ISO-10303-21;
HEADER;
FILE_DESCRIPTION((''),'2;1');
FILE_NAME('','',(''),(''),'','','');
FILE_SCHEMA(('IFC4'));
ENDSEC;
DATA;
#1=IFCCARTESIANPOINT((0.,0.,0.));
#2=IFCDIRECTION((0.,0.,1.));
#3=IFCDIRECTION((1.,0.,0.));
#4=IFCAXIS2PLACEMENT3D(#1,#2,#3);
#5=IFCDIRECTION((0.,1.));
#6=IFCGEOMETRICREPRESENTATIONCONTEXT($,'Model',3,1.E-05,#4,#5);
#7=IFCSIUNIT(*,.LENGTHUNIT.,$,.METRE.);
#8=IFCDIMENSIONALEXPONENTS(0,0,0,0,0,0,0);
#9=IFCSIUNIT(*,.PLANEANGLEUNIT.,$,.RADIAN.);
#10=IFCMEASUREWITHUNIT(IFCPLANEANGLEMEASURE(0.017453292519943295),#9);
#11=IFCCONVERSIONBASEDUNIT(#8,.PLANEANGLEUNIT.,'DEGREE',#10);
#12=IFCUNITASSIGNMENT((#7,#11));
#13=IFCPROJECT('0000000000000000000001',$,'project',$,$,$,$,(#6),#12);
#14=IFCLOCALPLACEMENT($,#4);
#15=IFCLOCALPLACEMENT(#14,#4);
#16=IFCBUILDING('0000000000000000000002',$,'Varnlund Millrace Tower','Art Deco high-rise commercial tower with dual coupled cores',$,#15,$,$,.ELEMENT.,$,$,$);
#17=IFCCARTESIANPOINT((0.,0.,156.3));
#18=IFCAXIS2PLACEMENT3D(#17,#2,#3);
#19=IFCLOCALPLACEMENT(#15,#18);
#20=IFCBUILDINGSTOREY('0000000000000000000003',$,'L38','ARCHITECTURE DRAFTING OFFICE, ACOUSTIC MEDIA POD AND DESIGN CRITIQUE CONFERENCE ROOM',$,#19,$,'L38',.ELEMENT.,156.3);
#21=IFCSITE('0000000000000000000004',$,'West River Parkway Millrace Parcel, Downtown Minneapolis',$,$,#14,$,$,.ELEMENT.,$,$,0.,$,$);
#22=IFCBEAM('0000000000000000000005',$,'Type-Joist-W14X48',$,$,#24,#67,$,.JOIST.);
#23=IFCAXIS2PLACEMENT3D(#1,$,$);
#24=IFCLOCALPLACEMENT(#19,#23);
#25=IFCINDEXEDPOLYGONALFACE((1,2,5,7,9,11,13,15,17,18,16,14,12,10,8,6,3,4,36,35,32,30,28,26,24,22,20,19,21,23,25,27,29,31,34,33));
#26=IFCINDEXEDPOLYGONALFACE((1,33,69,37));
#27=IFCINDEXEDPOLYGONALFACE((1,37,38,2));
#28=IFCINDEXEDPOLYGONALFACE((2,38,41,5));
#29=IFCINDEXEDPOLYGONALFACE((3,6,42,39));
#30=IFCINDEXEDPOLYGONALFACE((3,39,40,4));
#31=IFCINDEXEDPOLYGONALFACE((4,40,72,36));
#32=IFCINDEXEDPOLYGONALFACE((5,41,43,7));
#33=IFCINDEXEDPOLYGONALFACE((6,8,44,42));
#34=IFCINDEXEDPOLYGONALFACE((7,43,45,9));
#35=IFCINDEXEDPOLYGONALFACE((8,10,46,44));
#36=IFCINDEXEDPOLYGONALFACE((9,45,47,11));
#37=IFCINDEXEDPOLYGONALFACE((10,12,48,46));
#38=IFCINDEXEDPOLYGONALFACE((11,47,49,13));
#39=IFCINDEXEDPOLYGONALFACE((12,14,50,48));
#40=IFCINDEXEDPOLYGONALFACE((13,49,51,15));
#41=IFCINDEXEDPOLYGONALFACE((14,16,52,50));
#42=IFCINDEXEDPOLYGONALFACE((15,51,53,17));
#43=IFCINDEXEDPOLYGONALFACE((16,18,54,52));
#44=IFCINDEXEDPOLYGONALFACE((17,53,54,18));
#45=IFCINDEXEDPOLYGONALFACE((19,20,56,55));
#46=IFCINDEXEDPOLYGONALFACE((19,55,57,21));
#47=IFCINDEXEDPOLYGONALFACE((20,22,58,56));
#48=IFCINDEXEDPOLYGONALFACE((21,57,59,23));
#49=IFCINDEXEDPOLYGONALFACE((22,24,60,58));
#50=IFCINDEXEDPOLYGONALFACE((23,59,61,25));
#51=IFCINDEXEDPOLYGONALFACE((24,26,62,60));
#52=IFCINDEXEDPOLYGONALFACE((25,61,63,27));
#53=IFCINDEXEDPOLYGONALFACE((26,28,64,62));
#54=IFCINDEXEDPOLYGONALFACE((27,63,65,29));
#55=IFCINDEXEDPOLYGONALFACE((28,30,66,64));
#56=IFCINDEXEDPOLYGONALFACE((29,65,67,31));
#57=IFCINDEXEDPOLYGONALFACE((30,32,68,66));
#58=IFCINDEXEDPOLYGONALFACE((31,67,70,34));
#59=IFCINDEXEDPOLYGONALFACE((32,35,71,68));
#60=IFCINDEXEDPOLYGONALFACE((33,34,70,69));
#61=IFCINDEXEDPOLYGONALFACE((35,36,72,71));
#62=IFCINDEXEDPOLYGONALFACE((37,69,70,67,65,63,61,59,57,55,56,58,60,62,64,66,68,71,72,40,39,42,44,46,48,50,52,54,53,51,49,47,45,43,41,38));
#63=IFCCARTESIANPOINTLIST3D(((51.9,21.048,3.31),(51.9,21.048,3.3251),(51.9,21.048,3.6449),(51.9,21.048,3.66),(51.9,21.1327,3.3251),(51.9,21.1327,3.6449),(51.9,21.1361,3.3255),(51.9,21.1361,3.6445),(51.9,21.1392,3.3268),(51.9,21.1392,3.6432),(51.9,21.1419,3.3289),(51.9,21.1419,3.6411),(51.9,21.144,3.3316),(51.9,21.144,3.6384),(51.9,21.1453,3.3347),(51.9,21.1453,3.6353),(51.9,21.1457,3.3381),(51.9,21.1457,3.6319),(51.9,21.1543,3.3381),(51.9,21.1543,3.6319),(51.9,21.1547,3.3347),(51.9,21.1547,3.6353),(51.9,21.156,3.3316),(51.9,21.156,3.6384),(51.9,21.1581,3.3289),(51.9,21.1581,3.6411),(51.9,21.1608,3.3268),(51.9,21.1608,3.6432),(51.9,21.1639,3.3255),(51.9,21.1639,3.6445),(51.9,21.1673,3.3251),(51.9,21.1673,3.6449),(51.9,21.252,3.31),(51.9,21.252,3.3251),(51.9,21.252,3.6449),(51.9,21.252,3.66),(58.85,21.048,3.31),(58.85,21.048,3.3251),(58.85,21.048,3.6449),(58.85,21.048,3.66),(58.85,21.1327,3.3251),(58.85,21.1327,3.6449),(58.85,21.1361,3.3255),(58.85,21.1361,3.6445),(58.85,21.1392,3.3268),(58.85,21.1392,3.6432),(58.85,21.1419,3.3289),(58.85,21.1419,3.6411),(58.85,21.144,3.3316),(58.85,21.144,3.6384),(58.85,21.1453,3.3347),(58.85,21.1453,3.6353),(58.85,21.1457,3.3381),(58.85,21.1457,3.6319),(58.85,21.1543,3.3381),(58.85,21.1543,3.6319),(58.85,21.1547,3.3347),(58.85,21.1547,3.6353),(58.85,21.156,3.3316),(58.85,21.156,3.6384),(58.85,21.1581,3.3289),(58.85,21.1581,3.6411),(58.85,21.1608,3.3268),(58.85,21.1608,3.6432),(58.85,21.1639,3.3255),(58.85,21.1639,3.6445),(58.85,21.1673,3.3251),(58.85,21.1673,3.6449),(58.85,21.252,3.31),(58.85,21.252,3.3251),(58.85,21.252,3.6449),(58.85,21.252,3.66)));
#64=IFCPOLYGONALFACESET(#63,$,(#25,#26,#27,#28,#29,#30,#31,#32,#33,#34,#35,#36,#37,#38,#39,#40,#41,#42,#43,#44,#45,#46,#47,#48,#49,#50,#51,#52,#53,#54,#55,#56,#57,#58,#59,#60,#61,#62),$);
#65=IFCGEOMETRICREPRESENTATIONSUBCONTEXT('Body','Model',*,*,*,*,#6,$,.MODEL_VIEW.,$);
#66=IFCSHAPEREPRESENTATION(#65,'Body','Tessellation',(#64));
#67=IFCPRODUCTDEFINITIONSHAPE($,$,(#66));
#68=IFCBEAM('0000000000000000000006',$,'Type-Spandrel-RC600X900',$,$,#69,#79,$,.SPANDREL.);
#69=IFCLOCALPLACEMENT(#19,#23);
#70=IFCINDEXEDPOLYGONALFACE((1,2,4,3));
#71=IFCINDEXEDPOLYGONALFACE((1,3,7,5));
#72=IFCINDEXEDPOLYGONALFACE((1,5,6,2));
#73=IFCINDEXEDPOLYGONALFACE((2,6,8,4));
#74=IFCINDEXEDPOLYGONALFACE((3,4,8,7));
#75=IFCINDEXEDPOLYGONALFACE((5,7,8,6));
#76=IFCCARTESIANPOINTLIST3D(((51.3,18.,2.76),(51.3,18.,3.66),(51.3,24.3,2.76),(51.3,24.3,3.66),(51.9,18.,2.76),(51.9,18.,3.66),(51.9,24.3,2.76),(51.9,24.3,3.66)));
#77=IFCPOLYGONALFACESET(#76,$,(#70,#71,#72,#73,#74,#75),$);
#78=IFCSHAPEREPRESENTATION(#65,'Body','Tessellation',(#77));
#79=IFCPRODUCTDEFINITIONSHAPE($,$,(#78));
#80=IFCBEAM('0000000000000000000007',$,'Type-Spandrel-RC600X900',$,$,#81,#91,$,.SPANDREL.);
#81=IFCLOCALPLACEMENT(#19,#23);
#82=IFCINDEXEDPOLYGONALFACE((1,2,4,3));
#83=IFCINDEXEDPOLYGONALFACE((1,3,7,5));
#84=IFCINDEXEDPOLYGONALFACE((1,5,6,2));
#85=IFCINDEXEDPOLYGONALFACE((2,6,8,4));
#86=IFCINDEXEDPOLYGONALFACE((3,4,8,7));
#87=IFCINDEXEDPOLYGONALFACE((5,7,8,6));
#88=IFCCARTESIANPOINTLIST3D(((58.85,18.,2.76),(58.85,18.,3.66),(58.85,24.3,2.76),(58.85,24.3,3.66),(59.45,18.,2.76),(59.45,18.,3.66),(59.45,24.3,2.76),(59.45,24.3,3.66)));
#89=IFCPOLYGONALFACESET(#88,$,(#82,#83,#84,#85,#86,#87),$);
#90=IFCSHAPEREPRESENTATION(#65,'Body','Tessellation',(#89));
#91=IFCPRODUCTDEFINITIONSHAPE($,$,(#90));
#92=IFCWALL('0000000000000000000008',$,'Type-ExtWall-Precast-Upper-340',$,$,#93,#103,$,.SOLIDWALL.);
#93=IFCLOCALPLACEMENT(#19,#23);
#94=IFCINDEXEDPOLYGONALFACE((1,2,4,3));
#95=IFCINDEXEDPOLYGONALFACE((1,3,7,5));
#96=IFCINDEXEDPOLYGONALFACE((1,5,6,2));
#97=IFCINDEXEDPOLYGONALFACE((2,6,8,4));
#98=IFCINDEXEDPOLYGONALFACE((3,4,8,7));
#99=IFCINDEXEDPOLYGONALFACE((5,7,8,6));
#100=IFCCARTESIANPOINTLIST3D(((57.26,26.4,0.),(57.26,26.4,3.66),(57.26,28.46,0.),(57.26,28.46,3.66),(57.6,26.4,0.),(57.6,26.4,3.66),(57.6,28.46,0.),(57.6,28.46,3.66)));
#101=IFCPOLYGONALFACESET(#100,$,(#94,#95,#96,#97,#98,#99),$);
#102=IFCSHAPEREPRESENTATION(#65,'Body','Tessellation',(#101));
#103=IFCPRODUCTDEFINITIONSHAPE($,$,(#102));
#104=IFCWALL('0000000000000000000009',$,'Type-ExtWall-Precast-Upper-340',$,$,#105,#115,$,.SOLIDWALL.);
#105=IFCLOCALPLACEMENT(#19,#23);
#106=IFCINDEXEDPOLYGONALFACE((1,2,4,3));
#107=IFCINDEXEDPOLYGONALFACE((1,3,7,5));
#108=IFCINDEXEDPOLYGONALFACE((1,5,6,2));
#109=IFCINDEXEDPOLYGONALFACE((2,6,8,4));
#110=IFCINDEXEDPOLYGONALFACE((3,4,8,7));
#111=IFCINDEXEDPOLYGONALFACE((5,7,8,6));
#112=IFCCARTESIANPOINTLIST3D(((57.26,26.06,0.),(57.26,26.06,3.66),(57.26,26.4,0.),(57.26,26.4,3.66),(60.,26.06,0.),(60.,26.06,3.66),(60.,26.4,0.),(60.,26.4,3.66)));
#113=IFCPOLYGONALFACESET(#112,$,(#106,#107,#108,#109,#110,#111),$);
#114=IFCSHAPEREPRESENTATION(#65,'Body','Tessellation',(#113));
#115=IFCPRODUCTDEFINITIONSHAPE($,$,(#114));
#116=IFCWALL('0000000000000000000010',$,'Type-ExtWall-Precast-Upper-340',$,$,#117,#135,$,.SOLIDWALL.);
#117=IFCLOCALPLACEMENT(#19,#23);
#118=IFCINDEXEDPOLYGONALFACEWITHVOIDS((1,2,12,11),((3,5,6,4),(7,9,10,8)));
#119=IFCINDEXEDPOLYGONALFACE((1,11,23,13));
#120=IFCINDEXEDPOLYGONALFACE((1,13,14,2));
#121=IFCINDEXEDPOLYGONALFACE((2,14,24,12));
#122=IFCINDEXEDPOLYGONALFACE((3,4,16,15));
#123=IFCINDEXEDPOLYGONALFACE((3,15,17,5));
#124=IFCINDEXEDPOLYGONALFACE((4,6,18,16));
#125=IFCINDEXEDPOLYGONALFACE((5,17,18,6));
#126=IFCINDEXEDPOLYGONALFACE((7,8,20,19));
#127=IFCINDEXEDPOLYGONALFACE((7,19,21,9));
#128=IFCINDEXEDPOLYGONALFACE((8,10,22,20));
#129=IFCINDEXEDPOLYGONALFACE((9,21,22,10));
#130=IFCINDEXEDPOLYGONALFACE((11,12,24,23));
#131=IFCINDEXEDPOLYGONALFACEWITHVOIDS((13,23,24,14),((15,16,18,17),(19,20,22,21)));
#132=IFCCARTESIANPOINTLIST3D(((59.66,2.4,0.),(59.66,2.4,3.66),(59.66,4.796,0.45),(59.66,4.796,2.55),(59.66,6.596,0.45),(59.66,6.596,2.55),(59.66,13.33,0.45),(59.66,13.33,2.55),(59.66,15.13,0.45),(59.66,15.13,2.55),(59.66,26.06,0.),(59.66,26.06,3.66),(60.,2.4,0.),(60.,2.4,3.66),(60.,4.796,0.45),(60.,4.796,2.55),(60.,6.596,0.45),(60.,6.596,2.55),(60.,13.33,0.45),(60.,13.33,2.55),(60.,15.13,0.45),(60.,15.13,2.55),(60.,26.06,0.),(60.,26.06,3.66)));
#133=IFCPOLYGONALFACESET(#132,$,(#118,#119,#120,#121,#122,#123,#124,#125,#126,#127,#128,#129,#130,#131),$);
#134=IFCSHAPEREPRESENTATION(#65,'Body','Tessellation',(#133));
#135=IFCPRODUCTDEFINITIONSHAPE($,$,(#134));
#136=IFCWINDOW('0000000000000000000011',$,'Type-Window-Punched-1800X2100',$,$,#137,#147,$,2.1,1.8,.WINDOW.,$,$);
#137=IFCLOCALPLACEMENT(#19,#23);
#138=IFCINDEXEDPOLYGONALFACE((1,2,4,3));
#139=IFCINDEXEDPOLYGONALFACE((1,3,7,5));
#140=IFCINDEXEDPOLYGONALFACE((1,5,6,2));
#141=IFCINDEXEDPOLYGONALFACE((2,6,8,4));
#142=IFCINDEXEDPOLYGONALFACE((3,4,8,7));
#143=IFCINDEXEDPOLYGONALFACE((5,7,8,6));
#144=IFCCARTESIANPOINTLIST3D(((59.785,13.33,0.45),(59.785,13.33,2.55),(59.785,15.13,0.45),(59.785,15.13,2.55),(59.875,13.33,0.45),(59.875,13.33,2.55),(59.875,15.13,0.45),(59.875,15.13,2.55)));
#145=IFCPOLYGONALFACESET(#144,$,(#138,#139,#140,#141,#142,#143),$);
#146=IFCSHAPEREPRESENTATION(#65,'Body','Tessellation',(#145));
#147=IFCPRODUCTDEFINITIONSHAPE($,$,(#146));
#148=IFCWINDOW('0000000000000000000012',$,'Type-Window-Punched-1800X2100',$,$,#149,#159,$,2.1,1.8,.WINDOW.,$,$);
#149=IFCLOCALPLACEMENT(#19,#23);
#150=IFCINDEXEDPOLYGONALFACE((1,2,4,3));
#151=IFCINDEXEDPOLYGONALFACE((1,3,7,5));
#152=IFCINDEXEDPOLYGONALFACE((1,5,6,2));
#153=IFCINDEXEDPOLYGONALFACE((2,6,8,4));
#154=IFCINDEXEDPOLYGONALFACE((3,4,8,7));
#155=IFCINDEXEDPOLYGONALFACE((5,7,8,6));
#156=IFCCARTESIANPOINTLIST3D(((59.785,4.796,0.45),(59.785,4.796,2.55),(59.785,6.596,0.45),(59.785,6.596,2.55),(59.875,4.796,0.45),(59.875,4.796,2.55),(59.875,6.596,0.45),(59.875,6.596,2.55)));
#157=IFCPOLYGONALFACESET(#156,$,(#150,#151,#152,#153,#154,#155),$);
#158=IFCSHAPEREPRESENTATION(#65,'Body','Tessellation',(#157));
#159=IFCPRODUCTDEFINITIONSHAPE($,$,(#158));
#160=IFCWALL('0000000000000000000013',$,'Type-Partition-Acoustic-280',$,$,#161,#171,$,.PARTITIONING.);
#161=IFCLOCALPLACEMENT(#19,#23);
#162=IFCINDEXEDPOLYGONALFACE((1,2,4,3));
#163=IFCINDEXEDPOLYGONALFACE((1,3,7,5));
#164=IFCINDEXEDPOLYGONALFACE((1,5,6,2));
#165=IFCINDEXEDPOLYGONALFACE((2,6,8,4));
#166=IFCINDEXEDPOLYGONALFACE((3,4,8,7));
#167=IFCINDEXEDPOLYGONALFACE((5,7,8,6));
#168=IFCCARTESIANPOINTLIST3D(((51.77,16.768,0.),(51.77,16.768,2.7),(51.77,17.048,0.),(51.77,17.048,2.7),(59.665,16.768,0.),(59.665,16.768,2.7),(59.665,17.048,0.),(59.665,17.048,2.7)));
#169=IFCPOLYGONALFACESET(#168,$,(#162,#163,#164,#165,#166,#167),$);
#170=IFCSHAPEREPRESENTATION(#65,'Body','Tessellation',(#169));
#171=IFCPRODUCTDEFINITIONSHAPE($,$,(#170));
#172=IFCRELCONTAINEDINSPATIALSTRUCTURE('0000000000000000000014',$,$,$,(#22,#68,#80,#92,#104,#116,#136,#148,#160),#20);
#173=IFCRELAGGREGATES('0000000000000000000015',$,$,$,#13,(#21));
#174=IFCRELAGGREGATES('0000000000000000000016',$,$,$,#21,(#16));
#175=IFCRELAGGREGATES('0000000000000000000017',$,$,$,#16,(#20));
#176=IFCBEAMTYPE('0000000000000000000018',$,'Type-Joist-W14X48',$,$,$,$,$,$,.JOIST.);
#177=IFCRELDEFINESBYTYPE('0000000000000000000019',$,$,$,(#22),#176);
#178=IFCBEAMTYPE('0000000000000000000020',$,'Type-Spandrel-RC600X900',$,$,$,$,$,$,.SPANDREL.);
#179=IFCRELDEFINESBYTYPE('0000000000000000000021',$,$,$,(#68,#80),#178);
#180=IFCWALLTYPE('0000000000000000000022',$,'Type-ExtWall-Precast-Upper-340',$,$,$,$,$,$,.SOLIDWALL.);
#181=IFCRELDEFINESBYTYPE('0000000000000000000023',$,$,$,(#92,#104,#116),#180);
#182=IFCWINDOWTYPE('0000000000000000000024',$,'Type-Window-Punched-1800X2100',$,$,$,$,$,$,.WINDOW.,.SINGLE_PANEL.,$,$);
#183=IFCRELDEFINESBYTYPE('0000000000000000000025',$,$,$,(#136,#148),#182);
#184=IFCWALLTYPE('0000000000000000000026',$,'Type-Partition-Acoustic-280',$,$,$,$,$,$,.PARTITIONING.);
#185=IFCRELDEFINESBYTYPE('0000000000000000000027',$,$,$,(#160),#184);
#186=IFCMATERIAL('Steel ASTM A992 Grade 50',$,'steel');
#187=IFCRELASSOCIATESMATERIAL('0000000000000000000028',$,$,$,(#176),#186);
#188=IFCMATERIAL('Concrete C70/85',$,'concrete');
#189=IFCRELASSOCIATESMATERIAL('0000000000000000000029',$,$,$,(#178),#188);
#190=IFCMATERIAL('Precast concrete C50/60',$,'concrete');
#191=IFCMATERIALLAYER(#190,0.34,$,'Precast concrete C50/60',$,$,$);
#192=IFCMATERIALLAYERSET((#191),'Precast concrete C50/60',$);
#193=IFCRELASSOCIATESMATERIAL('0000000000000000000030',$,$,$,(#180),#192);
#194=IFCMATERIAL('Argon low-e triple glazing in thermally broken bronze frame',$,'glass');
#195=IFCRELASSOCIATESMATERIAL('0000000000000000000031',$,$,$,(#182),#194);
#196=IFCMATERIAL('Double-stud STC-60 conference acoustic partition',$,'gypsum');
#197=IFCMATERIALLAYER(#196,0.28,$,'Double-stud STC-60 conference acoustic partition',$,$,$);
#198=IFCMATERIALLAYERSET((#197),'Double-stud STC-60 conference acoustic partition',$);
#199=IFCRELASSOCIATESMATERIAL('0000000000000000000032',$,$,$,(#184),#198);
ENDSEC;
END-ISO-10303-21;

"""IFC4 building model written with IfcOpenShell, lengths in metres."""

from ifc_helpers import new_model, entity, si_unit, converted_unit, direction, frame, origin_with_axes, origin_2d_with_axis, place, context, subcontext, project, spatial, polyline, rectangle, i_section, outline, extrude, material, layer, layer_set, material_profile, profile_set, type_object, element, fill, save


model = new_model("IFC4")

# Units and contexts
model_context = context("Model", 3, precision=1e-05, world=origin_with_axes(), true_north=direction((0.0, 1.0)))
body_context = subcontext(model_context, "Body", "Model", "MODEL_VIEW")
ifc_project = project(units=[si_unit("LENGTHUNIT", "METRE"), converted_unit("PLANEANGLEUNIT", "DEGREE", entity("IfcPlaneAngleMeasure", 0.017453292519943295), si_unit("PLANEANGLEUNIT", "RADIAN"), dimensions=[0, 0, 0, 0, 0, 0, 0])], contexts=[model_context])

# Site, building, storey
site_placement = place(None, origin_with_axes())
site = spatial("IfcSite", under=ifc_project, at=site_placement, Name="West River Parkway Millrace Parcel, Downtown Minneapolis", CompositionType="ELEMENT", RefElevation=0.0)
building_placement = place(site_placement, origin_with_axes())
building = spatial("IfcBuilding", under=site, at=building_placement, Name="Varnlund Millrace Tower", Description="Art Deco high-rise commercial tower with dual coupled cores", CompositionType="ELEMENT")
storey_placement = place(building_placement, frame((0.0, 0.0, 156.3), z_axis=(0.0, 0.0, 1.0), x_axis=(1.0, 0.0, 0.0)))
storey = spatial("IfcBuildingStorey", under=building, at=storey_placement, Name="L38", Description="ARCHITECTURE DRAFTING OFFICE, ACOUSTIC MEDIA POD AND DESIGN CRITIQUE CONFERENCE ROOM", LongName="L38", CompositionType="ELEMENT", Elevation=156.3)

# Beams
ifc_material_1 = material(Name="Steel ASTM A992 Grade 50", Category="steel")
ifc_material_profile_1 = material_profile(ifc_material_1, i_section(OverallWidth=0.204, OverallDepth=0.35, WebThickness=0.0086, FlangeThickness=0.0151, FilletRadius=0.013, at=origin_2d_with_axis()), Name="Steel ASTM A992 Grade 50")
ifc_profile_set_1 = profile_set([ifc_material_profile_1], Name="Steel ASTM A992 Grade 50")
beam_type_1 = type_object("IfcBeamType", Name="Type-Joist-W14X48", PredefinedType="JOIST", material=ifc_profile_set_1)
for number, where, z_axis, x_axis, name in (
    (1, (51.9, 21.15, 3.485), (1.0, 0.0, 0.0), (0.0, 1.0, 0.0), "Type-Joist-W14X48"),
):
    element("IfcBeam", number, at=place(storey_placement, frame(where, z_axis=z_axis, x_axis=x_axis)), inside=storey, type_object=beam_type_1, Name=name, PredefinedType="JOIST", context=body_context, shape_type="SweptSolid", body=[
        extrude(i_section(OverallWidth=0.204, OverallDepth=0.35, WebThickness=0.0086, FlangeThickness=0.0151, FilletRadius=0.013, at=origin_2d_with_axis()), origin_with_axes(), (0.0, 0.0, 1.0), 6.95),
    ])
ifc_material_2 = material(Name="Concrete C70/85", Category="concrete")
ifc_material_profile_2 = material_profile(ifc_material_2, rectangle(XDim=0.6, YDim=0.9, at=origin_2d_with_axis()), Name="Concrete C70/85")
ifc_profile_set_2 = profile_set([ifc_material_profile_2], Name="Concrete C70/85")
beam_type_2 = type_object("IfcBeamType", Name="Type-Spandrel-RC600X900", PredefinedType="SPANDREL", material=ifc_profile_set_2)
for number, where, z_axis, x_axis, name in (
    (2, (51.6, 18.0, 3.21), (0.0, 1.0, 0.0), (-1.0, 0.0, 0.0), "Type-Spandrel-RC600X900"),
    (3, (59.15, 18.0, 3.21), (0.0, 1.0, 0.0), (-1.0, 0.0, 0.0), "Type-Spandrel-RC600X900"),
):
    element("IfcBeam", number, at=place(storey_placement, frame(where, z_axis=z_axis, x_axis=x_axis)), inside=storey, type_object=beam_type_2, Name=name, PredefinedType="SPANDREL", context=body_context, shape_type="SweptSolid", body=[
        extrude(rectangle(XDim=0.6, YDim=0.9, at=origin_2d_with_axis()), origin_with_axes(), (0.0, 0.0, 1.0), 6.3),
    ])

# Walls
ifc_material_3 = material(Name="Precast concrete C50/60", Category="concrete")
ifc_layer_1 = layer(ifc_material_3, 0.34, Name="Precast concrete C50/60")
ifc_layer_set_1 = layer_set([ifc_layer_1], Name="Precast concrete C50/60")
wall_type_1 = type_object("IfcWallType", Name="Type-ExtWall-Precast-Upper-340", PredefinedType="SOLIDWALL", material=ifc_layer_set_1)
wall_1_placement = place(storey_placement, frame((57.43, 28.46, 0.0), z_axis=(0.0, 0.0, 1.0), x_axis=(0.0, -1.0, 0.0)))
element("IfcWall", 4, at=wall_1_placement, inside=storey, type_object=wall_type_1, Name="Type-ExtWall-Precast-Upper-340", PredefinedType="SOLIDWALL", context=body_context, shape_type="SweptSolid", body=[
    extrude(outline(polyline([(0.0, -0.17), (2.06, -0.17), (2.06, 0.17), (0.0, 0.17), (0.0, -0.17)])), origin_with_axes(), (0.0, 0.0, 1.0), 3.66),
])
wall_2_placement = place(storey_placement, frame((57.26, 26.23, 0.0), z_axis=(0.0, 0.0, 1.0), x_axis=(1.0, 0.0, 0.0)))
element("IfcWall", 5, at=wall_2_placement, inside=storey, type_object=wall_type_1, Name="Type-ExtWall-Precast-Upper-340", PredefinedType="SOLIDWALL", context=body_context, shape_type="SweptSolid", body=[
    extrude(outline(polyline([(0.0, -0.17), (2.74, -0.17), (2.74, 0.17), (0.0, 0.17), (0.0, -0.17)])), origin_with_axes(), (0.0, 0.0, 1.0), 3.66),
])

# Wall, openings, windows
wall_3_placement = place(storey_placement, frame((59.83, 26.06, 0.0), z_axis=(0.0, 0.0, 1.0), x_axis=(0.0, -1.0, 0.0)))
wall_3 = element("IfcWall", 6, at=wall_3_placement, inside=storey, type_object=wall_type_1, Name="Type-ExtWall-Precast-Upper-340", PredefinedType="SOLIDWALL", context=body_context, shape_type="SweptSolid", body=[
    extrude(outline(polyline([(0.0, -0.17), (23.66, -0.17), (23.66, 0.17), (0.0, 0.17), (0.0, -0.17)])), origin_with_axes(), (0.0, 0.0, 1.0), 3.66),
])
opening_1_placement = place(wall_3_placement, frame((11.83, 0.0, 0.45), z_axis=(0.0, 0.0, 1.0), x_axis=(1.0, 0.0, 0.0)))
opening_1 = element("IfcOpeningElement", 7, at=opening_1_placement, cuts=wall_3, PredefinedType="OPENING", context=body_context, shape_type="SweptSolid", body=[
    extrude(rectangle(XDim=1.8, YDim=0.36, at=origin_2d_with_axis()), origin_with_axes(), (0.0, 0.0, 1.0), 2.1),
])
opening_2_placement = place(wall_3_placement, frame((20.364, 0.0, 0.45), z_axis=(0.0, 0.0, 1.0), x_axis=(1.0, 0.0, 0.0)))
opening_2 = element("IfcOpeningElement", 8, at=opening_2_placement, cuts=wall_3, PredefinedType="OPENING", context=body_context, shape_type="SweptSolid", body=[
    extrude(rectangle(XDim=1.8, YDim=0.36, at=origin_2d_with_axis()), origin_with_axes(), (0.0, 0.0, 1.0), 2.1),
])
ifc_material_4 = material(Name="Argon low-e triple glazing in thermally broken bronze frame", Category="glass")
window_type = type_object("IfcWindowType", Name="Type-Window-Punched-1800X2100", PartitioningType="SINGLE_PANEL", PredefinedType="WINDOW", material=ifc_material_4)
window_1_placement = place(wall_3_placement, frame((11.83, 0.0, 0.45), z_axis=(0.0, 0.0, 1.0), x_axis=(1.0, 0.0, 0.0)))
window_1 = element("IfcWindow", 9, at=window_1_placement, inside=storey, type_object=window_type, Name="Type-Window-Punched-1800X2100", OverallHeight=2.1, OverallWidth=1.8, PredefinedType="WINDOW", context=body_context, shape_type="SweptSolid", body=[
    extrude(rectangle(XDim=1.8, YDim=0.09, at=origin_2d_with_axis()), origin_with_axes(), (0.0, 0.0, 1.0), 2.1),
])
fill(opening_1, window_1)
window_2_placement = place(wall_3_placement, frame((20.364, 0.0, 0.45), z_axis=(0.0, 0.0, 1.0), x_axis=(1.0, 0.0, 0.0)))
window_2 = element("IfcWindow", 10, at=window_2_placement, inside=storey, type_object=window_type, Name="Type-Window-Punched-1800X2100", OverallHeight=2.1, OverallWidth=1.8, PredefinedType="WINDOW", context=body_context, shape_type="SweptSolid", body=[
    extrude(rectangle(XDim=1.8, YDim=0.09, at=origin_2d_with_axis()), origin_with_axes(), (0.0, 0.0, 1.0), 2.1),
])
fill(opening_2, window_2)

# Wall
ifc_material_5 = material(Name="Double-stud STC-60 conference acoustic partition", Category="gypsum")
ifc_layer_2 = layer(ifc_material_5, 0.28, Name="Double-stud STC-60 conference acoustic partition")
ifc_layer_set_2 = layer_set([ifc_layer_2], Name="Double-stud STC-60 conference acoustic partition")
wall_type_2 = type_object("IfcWallType", Name="Type-Partition-Acoustic-280", PredefinedType="PARTITIONING", material=ifc_layer_set_2)
wall_4_placement = place(storey_placement, frame((51.77, 16.908, 0.0), z_axis=(0.0, 0.0, 1.0), x_axis=(1.0, 0.0, 0.0)))
element("IfcWall", 11, at=wall_4_placement, inside=storey, type_object=wall_type_2, Name="Type-Partition-Acoustic-280", PredefinedType="PARTITIONING", context=body_context, shape_type="SweptSolid", body=[
    extrude(outline(polyline([(0.0, -0.14), (7.895, -0.14), (7.895, 0.14), (0.0, 0.14), (0.0, -0.14)])), origin_with_axes(), (0.0, 0.0, 1.0), 2.7),
])

save(model, "model.ifc")
